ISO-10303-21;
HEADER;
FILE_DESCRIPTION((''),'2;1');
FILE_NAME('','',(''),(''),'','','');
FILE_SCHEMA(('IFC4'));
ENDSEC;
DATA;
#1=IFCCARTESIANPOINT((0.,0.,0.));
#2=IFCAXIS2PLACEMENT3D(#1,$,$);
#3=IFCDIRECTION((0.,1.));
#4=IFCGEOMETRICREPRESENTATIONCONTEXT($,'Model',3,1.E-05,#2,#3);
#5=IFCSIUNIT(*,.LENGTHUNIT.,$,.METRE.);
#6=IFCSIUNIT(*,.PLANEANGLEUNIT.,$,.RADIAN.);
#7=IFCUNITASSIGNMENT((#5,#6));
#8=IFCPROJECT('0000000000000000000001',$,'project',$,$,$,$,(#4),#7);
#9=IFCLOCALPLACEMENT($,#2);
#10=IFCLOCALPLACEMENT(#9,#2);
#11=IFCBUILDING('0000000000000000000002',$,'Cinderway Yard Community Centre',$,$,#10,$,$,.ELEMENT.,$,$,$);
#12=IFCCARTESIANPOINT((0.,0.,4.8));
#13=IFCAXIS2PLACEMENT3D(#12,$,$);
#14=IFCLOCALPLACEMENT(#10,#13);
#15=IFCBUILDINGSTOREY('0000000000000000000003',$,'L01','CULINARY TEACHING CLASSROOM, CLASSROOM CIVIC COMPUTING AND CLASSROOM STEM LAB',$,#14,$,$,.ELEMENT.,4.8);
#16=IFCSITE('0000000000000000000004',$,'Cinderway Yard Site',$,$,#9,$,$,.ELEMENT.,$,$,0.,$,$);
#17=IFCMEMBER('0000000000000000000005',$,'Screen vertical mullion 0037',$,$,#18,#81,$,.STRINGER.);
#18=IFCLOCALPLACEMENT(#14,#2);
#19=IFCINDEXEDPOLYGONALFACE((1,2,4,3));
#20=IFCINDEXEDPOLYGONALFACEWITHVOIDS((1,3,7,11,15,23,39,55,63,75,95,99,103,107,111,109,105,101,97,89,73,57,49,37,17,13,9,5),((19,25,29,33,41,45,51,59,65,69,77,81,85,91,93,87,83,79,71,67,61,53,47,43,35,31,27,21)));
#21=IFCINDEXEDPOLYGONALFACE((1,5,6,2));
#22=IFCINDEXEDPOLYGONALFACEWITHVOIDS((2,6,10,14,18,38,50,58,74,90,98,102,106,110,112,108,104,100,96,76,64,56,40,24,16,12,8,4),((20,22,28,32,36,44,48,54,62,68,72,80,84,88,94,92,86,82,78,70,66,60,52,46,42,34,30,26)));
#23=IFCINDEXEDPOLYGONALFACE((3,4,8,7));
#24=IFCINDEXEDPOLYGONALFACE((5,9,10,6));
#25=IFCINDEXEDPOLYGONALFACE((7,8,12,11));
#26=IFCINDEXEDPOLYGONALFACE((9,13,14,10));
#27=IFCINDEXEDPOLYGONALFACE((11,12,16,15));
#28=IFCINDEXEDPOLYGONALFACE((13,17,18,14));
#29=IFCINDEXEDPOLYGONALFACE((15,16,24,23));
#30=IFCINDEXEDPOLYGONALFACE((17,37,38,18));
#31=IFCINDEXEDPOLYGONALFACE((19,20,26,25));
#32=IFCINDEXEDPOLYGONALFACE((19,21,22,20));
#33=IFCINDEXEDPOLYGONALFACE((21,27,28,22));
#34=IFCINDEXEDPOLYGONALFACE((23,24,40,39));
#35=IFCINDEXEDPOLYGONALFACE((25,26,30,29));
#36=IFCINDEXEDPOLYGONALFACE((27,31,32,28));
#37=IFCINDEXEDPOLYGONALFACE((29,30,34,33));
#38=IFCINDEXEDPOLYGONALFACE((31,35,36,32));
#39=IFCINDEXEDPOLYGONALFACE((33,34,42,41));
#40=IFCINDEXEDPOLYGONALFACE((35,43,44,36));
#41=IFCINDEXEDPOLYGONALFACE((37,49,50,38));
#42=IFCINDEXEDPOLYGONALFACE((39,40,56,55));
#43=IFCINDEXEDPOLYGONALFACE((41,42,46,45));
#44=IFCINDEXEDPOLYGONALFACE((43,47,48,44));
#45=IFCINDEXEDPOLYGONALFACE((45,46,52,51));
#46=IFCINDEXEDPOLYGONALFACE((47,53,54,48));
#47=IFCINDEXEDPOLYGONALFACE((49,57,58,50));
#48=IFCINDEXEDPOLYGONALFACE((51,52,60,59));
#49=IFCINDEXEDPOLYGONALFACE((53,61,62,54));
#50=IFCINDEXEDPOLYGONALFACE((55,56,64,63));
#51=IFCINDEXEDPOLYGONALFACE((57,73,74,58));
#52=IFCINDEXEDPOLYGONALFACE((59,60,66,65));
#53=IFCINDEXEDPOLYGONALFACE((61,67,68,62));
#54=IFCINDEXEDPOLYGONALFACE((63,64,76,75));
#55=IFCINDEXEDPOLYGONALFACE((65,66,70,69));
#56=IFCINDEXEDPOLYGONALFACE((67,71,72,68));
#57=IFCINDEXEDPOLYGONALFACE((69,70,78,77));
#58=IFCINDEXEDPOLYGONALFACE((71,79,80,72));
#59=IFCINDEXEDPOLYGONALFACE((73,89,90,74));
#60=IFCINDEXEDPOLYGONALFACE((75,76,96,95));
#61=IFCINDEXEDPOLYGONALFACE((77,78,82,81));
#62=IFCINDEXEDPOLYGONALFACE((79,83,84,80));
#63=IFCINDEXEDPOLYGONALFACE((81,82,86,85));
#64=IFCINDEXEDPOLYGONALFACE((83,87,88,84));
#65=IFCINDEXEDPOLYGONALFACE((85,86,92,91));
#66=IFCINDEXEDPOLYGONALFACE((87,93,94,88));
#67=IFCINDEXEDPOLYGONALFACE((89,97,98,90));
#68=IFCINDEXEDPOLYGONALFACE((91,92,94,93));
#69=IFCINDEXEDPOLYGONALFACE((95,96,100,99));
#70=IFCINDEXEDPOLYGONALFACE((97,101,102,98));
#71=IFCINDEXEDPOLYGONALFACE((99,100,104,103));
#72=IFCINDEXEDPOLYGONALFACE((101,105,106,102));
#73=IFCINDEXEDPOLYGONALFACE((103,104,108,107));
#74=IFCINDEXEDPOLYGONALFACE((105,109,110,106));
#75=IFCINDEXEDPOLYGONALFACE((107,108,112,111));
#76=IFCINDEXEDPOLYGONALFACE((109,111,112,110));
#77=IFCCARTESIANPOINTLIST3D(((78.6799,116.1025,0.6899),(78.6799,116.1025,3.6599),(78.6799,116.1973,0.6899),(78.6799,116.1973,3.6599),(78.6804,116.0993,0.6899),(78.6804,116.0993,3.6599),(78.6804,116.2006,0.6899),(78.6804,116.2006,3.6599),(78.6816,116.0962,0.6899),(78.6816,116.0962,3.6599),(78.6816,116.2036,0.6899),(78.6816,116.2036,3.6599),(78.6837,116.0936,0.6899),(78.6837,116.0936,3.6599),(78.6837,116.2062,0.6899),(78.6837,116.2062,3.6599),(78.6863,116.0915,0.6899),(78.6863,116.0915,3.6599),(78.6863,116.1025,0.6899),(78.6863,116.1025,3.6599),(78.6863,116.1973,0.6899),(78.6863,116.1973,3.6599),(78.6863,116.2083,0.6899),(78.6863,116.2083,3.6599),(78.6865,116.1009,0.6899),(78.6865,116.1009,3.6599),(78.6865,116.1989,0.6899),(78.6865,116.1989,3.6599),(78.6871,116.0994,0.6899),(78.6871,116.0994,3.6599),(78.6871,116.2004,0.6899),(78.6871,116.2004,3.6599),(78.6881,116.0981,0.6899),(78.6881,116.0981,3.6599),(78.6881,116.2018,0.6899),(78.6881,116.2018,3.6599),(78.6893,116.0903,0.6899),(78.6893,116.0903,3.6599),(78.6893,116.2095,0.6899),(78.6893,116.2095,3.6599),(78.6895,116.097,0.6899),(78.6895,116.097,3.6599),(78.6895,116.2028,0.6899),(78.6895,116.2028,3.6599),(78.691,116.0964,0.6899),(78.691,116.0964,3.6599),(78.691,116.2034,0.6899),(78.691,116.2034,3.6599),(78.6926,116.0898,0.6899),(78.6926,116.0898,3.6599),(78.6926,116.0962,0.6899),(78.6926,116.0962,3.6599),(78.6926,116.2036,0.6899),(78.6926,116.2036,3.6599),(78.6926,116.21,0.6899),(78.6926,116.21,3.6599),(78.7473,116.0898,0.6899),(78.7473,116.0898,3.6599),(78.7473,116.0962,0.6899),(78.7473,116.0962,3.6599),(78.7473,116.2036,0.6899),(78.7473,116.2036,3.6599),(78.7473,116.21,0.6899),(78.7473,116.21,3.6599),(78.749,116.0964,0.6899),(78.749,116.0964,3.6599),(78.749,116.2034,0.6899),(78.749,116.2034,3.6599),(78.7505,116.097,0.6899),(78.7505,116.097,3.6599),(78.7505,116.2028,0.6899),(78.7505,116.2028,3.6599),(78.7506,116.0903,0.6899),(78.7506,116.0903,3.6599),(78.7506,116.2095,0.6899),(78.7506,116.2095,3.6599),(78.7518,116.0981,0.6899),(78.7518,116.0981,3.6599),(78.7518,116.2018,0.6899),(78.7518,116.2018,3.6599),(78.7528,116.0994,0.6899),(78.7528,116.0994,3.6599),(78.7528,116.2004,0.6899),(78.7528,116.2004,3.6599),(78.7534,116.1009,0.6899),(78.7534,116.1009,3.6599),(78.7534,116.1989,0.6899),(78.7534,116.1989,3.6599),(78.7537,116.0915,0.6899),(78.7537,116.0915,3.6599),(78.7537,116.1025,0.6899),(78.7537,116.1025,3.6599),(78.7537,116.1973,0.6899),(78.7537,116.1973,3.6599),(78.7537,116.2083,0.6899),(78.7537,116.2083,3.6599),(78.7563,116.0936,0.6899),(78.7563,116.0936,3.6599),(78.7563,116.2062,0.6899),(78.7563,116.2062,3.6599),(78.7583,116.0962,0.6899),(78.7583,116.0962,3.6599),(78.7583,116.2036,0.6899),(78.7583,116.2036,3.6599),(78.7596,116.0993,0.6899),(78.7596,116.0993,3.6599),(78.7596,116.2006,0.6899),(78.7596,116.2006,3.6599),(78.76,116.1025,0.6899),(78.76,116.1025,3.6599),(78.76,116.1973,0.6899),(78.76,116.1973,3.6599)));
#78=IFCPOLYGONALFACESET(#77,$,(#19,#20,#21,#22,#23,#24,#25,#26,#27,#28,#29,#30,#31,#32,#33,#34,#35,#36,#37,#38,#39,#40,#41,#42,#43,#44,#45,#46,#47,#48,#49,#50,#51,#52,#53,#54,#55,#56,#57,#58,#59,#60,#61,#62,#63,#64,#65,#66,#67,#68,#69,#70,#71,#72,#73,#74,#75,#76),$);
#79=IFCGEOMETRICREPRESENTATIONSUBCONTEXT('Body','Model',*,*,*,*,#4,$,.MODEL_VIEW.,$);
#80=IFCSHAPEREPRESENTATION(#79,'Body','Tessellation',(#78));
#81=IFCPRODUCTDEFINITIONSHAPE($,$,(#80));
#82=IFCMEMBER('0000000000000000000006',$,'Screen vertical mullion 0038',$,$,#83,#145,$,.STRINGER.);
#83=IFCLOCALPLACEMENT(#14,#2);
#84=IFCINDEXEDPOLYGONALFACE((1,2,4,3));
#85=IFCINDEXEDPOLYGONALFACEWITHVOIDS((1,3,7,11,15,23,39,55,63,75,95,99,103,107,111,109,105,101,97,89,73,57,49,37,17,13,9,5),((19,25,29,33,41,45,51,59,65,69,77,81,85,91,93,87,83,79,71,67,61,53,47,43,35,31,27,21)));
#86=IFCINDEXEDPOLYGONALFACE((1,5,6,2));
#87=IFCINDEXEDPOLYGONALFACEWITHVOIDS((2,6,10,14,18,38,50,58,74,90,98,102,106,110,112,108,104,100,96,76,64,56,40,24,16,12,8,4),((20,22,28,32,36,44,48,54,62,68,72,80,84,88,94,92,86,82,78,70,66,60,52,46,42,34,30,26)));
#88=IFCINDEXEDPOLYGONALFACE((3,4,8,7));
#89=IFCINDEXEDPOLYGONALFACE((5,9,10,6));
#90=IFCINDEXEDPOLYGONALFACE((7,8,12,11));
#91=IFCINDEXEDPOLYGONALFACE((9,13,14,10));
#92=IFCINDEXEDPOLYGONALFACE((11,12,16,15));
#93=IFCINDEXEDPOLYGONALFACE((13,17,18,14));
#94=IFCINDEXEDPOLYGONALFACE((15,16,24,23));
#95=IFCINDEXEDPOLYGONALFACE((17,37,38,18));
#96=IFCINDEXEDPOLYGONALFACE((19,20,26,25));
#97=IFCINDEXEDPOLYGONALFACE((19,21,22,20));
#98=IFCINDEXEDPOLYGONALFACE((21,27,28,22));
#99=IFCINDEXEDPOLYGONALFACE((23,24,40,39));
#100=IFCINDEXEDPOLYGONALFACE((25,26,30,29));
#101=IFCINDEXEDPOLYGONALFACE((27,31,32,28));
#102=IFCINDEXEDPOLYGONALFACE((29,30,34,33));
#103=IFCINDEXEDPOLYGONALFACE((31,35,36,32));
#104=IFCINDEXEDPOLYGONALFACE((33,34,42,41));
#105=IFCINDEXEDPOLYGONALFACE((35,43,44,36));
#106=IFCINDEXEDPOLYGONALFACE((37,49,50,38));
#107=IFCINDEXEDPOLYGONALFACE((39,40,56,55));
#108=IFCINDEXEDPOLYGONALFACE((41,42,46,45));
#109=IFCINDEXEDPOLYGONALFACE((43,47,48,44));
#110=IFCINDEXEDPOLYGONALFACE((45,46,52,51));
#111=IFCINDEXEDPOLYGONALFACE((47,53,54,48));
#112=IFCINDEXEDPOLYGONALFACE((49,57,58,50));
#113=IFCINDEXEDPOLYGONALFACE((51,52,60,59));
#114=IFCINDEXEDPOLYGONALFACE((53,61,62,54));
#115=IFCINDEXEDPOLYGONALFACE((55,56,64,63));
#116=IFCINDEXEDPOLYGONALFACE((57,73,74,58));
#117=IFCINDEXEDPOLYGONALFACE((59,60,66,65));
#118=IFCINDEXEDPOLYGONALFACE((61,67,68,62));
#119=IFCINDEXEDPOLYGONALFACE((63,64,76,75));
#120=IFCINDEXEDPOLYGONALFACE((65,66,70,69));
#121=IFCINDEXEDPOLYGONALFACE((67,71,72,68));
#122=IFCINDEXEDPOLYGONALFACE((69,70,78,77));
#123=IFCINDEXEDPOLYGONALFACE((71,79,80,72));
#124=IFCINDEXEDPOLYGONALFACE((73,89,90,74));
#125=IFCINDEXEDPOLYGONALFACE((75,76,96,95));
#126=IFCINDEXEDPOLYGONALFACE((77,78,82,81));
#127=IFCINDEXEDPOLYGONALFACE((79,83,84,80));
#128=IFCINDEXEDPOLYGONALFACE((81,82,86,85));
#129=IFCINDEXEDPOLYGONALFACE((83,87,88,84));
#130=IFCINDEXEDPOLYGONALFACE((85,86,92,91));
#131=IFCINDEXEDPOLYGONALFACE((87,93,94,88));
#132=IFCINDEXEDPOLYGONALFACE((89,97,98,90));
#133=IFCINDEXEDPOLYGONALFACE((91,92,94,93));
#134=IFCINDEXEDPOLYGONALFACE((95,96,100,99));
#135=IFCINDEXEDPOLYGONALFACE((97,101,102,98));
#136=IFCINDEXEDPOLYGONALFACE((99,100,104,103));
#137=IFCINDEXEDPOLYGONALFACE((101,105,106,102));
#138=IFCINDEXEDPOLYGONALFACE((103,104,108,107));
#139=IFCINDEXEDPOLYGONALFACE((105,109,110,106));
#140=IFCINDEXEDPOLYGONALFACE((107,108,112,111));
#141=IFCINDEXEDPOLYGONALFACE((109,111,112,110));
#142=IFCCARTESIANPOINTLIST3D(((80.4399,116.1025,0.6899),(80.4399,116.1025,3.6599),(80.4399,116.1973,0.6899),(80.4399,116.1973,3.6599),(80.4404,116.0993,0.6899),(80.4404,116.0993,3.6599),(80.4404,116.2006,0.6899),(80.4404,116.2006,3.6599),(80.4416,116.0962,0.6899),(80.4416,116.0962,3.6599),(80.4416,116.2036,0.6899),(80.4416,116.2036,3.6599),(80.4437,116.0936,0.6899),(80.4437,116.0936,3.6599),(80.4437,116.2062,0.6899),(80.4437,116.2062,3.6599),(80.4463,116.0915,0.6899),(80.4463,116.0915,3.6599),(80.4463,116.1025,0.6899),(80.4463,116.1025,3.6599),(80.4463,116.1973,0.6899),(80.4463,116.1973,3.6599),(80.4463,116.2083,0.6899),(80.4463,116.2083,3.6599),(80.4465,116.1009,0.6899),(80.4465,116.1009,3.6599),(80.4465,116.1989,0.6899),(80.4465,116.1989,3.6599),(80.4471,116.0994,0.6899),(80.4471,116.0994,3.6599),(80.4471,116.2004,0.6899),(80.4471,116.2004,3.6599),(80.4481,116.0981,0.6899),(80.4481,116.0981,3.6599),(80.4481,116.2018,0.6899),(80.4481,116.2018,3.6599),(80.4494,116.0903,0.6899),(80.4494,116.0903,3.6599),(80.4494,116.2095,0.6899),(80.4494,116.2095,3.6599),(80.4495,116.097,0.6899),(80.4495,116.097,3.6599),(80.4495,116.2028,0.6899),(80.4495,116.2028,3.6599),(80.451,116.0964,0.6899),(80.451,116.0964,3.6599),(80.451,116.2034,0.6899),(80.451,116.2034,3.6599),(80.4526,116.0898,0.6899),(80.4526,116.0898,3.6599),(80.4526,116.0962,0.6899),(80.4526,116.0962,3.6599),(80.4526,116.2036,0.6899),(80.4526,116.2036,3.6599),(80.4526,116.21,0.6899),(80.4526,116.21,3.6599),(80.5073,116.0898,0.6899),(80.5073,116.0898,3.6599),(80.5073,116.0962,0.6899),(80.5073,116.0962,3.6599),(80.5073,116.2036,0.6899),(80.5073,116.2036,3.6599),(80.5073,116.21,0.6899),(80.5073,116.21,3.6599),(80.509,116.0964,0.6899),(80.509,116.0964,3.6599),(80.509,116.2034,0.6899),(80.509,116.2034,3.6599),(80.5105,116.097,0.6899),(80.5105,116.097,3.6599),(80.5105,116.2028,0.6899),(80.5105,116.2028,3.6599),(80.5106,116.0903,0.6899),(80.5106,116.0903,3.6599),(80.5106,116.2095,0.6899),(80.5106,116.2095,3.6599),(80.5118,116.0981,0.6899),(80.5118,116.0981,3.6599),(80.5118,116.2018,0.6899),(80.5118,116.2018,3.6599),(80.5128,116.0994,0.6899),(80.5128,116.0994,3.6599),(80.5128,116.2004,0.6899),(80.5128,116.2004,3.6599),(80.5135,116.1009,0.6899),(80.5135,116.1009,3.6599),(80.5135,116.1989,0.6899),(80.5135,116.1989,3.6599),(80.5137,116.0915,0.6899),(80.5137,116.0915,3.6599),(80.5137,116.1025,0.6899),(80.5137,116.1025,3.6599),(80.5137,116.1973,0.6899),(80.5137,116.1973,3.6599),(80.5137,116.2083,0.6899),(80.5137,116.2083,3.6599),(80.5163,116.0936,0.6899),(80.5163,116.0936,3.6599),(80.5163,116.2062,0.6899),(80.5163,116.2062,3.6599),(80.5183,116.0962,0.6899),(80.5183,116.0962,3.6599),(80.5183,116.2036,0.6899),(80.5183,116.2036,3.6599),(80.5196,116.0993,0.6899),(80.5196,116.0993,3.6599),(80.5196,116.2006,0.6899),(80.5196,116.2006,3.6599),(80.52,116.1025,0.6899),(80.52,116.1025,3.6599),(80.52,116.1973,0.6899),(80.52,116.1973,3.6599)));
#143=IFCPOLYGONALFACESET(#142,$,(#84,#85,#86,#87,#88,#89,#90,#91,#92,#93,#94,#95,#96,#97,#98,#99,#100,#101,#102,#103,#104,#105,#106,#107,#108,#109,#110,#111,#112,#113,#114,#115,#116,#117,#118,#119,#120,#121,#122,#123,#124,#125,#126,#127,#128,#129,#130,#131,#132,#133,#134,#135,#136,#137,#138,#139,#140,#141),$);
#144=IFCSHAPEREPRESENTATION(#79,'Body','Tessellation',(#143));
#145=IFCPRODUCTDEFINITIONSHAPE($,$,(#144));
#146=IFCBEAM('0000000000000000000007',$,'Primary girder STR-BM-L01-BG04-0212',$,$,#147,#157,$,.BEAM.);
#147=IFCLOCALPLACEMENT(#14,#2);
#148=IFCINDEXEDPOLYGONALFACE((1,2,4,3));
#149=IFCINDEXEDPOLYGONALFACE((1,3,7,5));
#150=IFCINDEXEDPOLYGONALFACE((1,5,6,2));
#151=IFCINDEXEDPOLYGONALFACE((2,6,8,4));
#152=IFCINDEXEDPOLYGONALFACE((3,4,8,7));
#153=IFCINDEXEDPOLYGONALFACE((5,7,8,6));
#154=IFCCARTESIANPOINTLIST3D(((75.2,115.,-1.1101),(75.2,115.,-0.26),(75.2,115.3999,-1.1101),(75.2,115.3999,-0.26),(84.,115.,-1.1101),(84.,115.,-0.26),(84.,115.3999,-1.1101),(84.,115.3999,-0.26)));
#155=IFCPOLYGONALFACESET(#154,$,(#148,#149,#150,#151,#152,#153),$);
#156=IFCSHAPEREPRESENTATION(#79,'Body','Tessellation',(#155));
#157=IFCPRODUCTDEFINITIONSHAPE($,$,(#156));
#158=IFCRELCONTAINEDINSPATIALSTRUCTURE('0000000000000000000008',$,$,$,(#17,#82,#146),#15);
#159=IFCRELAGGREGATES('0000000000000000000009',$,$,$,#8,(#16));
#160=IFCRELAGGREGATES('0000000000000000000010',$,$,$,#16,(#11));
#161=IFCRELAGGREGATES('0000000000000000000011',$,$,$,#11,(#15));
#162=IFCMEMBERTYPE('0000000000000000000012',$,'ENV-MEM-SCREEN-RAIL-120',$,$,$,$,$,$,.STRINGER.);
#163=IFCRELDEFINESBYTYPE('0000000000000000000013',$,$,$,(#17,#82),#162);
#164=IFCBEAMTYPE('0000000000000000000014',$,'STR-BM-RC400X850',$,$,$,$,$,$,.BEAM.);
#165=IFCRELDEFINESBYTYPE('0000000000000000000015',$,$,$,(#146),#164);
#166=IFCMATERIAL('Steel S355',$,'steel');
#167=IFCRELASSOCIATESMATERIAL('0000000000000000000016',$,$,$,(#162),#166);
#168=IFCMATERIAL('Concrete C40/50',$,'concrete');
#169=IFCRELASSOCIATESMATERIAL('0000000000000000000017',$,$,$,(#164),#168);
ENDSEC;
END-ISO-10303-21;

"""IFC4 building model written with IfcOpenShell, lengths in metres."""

from ifc_helpers import new_model, si_unit, direction, frame, origin, origin_2d, place, context, subcontext, project, spatial, rectangle, hollow_rectangle, extrude, material, material_profile, profile_set, type_object, element, save


model = new_model("IFC4")

# Units and contexts
model_context = context("Model", 3, precision=1e-05, world=origin(), true_north=direction((0.0, 1.0)))
body_context = subcontext(model_context, "Body", "Model", "MODEL_VIEW")
ifc_project = project(units=[si_unit("LENGTHUNIT", "METRE"), si_unit("PLANEANGLEUNIT", "RADIAN")], contexts=[model_context])

# Site, building, storey
site_placement = place(None, origin())
site = spatial("IfcSite", under=ifc_project, at=site_placement, Name="Cinderway Yard Site", CompositionType="ELEMENT", RefElevation=0.0)
building_placement = place(site_placement, origin())
building = spatial("IfcBuilding", under=site, at=building_placement, Name="Cinderway Yard Community Centre", CompositionType="ELEMENT")
storey_placement = place(building_placement, frame((0.0, 0.0, 4.8)))
storey = spatial("IfcBuildingStorey", under=building, at=storey_placement, Name="L01", Description="CULINARY TEACHING CLASSROOM, CLASSROOM CIVIC COMPUTING AND CLASSROOM STEM LAB", CompositionType="ELEMENT", Elevation=4.8)

# Shared definitions
ifc_material_1 = material(Name="Concrete C40/50", Category="concrete")

# Members
ifc_material_2 = material(Name="Steel S355", Category="steel")
ifc_material_profile_1 = material_profile(ifc_material_2, hollow_rectangle(XDim=0.0801, YDim=0.1201, WallThickness=0.0063, InnerFilletRadius=0.0063, OuterFilletRadius=0.0127, at=origin_2d()), Name="Steel S355")
ifc_profile_set_1 = profile_set([ifc_material_profile_1], Name="Steel S355")
member_type_1 = type_object("IfcMemberType", Name="ENV-MEM-SCREEN-RAIL-120", PredefinedType="STRINGER", material=ifc_profile_set_1)
for number, where, z_axis, x_axis, name in (
    (1, (78.72, 116.1499, 0.6899), (0.0, 0.0, 1.0), (1.0, 0.0, 0.0), "Screen vertical mullion 0037"),
    (2, (80.48, 116.1499, 0.6899), (0.0, 0.0, 1.0), (1.0, 0.0, 0.0), "Screen vertical mullion 0038"),
):
    element("IfcMember", number, at=place(storey_placement, frame(where, z_axis=z_axis, x_axis=x_axis)), inside=storey, type_object=member_type_1, Name=name, PredefinedType="STRINGER", context=body_context, shape_type="SweptSolid", body=[
        extrude(hollow_rectangle(XDim=0.0801, YDim=0.1201, WallThickness=0.0063, InnerFilletRadius=0.0063, OuterFilletRadius=0.0127, at=origin_2d()), origin(), (0.0, 0.0, 1.0), 2.97),
    ])

# Beam
ifc_material_profile_2 = material_profile(ifc_material_1, rectangle(XDim=0.3999, YDim=0.8501, at=origin_2d()), Name="Concrete C40/50")
ifc_profile_set_2 = profile_set([ifc_material_profile_2], Name="Concrete C40/50")
beam_type = type_object("IfcBeamType", Name="STR-BM-RC400X850", PredefinedType="BEAM", material=ifc_profile_set_2)
beam_placement = place(storey_placement, frame((75.2, 115.2, -0.6851), z_axis=(1.0, 0.0, 0.0), x_axis=(0.0, 1.0, 0.0)))
element("IfcBeam", 3, at=beam_placement, inside=storey, type_object=beam_type, Name="Primary girder STR-BM-L01-BG04-0212", PredefinedType="BEAM", context=body_context, shape_type="SweptSolid", body=[
    extrude(rectangle(XDim=0.3999, YDim=0.8501, at=origin_2d()), origin(), (0.0, 0.0, 1.0), 8.8),
])

save(model, "model.ifc")
